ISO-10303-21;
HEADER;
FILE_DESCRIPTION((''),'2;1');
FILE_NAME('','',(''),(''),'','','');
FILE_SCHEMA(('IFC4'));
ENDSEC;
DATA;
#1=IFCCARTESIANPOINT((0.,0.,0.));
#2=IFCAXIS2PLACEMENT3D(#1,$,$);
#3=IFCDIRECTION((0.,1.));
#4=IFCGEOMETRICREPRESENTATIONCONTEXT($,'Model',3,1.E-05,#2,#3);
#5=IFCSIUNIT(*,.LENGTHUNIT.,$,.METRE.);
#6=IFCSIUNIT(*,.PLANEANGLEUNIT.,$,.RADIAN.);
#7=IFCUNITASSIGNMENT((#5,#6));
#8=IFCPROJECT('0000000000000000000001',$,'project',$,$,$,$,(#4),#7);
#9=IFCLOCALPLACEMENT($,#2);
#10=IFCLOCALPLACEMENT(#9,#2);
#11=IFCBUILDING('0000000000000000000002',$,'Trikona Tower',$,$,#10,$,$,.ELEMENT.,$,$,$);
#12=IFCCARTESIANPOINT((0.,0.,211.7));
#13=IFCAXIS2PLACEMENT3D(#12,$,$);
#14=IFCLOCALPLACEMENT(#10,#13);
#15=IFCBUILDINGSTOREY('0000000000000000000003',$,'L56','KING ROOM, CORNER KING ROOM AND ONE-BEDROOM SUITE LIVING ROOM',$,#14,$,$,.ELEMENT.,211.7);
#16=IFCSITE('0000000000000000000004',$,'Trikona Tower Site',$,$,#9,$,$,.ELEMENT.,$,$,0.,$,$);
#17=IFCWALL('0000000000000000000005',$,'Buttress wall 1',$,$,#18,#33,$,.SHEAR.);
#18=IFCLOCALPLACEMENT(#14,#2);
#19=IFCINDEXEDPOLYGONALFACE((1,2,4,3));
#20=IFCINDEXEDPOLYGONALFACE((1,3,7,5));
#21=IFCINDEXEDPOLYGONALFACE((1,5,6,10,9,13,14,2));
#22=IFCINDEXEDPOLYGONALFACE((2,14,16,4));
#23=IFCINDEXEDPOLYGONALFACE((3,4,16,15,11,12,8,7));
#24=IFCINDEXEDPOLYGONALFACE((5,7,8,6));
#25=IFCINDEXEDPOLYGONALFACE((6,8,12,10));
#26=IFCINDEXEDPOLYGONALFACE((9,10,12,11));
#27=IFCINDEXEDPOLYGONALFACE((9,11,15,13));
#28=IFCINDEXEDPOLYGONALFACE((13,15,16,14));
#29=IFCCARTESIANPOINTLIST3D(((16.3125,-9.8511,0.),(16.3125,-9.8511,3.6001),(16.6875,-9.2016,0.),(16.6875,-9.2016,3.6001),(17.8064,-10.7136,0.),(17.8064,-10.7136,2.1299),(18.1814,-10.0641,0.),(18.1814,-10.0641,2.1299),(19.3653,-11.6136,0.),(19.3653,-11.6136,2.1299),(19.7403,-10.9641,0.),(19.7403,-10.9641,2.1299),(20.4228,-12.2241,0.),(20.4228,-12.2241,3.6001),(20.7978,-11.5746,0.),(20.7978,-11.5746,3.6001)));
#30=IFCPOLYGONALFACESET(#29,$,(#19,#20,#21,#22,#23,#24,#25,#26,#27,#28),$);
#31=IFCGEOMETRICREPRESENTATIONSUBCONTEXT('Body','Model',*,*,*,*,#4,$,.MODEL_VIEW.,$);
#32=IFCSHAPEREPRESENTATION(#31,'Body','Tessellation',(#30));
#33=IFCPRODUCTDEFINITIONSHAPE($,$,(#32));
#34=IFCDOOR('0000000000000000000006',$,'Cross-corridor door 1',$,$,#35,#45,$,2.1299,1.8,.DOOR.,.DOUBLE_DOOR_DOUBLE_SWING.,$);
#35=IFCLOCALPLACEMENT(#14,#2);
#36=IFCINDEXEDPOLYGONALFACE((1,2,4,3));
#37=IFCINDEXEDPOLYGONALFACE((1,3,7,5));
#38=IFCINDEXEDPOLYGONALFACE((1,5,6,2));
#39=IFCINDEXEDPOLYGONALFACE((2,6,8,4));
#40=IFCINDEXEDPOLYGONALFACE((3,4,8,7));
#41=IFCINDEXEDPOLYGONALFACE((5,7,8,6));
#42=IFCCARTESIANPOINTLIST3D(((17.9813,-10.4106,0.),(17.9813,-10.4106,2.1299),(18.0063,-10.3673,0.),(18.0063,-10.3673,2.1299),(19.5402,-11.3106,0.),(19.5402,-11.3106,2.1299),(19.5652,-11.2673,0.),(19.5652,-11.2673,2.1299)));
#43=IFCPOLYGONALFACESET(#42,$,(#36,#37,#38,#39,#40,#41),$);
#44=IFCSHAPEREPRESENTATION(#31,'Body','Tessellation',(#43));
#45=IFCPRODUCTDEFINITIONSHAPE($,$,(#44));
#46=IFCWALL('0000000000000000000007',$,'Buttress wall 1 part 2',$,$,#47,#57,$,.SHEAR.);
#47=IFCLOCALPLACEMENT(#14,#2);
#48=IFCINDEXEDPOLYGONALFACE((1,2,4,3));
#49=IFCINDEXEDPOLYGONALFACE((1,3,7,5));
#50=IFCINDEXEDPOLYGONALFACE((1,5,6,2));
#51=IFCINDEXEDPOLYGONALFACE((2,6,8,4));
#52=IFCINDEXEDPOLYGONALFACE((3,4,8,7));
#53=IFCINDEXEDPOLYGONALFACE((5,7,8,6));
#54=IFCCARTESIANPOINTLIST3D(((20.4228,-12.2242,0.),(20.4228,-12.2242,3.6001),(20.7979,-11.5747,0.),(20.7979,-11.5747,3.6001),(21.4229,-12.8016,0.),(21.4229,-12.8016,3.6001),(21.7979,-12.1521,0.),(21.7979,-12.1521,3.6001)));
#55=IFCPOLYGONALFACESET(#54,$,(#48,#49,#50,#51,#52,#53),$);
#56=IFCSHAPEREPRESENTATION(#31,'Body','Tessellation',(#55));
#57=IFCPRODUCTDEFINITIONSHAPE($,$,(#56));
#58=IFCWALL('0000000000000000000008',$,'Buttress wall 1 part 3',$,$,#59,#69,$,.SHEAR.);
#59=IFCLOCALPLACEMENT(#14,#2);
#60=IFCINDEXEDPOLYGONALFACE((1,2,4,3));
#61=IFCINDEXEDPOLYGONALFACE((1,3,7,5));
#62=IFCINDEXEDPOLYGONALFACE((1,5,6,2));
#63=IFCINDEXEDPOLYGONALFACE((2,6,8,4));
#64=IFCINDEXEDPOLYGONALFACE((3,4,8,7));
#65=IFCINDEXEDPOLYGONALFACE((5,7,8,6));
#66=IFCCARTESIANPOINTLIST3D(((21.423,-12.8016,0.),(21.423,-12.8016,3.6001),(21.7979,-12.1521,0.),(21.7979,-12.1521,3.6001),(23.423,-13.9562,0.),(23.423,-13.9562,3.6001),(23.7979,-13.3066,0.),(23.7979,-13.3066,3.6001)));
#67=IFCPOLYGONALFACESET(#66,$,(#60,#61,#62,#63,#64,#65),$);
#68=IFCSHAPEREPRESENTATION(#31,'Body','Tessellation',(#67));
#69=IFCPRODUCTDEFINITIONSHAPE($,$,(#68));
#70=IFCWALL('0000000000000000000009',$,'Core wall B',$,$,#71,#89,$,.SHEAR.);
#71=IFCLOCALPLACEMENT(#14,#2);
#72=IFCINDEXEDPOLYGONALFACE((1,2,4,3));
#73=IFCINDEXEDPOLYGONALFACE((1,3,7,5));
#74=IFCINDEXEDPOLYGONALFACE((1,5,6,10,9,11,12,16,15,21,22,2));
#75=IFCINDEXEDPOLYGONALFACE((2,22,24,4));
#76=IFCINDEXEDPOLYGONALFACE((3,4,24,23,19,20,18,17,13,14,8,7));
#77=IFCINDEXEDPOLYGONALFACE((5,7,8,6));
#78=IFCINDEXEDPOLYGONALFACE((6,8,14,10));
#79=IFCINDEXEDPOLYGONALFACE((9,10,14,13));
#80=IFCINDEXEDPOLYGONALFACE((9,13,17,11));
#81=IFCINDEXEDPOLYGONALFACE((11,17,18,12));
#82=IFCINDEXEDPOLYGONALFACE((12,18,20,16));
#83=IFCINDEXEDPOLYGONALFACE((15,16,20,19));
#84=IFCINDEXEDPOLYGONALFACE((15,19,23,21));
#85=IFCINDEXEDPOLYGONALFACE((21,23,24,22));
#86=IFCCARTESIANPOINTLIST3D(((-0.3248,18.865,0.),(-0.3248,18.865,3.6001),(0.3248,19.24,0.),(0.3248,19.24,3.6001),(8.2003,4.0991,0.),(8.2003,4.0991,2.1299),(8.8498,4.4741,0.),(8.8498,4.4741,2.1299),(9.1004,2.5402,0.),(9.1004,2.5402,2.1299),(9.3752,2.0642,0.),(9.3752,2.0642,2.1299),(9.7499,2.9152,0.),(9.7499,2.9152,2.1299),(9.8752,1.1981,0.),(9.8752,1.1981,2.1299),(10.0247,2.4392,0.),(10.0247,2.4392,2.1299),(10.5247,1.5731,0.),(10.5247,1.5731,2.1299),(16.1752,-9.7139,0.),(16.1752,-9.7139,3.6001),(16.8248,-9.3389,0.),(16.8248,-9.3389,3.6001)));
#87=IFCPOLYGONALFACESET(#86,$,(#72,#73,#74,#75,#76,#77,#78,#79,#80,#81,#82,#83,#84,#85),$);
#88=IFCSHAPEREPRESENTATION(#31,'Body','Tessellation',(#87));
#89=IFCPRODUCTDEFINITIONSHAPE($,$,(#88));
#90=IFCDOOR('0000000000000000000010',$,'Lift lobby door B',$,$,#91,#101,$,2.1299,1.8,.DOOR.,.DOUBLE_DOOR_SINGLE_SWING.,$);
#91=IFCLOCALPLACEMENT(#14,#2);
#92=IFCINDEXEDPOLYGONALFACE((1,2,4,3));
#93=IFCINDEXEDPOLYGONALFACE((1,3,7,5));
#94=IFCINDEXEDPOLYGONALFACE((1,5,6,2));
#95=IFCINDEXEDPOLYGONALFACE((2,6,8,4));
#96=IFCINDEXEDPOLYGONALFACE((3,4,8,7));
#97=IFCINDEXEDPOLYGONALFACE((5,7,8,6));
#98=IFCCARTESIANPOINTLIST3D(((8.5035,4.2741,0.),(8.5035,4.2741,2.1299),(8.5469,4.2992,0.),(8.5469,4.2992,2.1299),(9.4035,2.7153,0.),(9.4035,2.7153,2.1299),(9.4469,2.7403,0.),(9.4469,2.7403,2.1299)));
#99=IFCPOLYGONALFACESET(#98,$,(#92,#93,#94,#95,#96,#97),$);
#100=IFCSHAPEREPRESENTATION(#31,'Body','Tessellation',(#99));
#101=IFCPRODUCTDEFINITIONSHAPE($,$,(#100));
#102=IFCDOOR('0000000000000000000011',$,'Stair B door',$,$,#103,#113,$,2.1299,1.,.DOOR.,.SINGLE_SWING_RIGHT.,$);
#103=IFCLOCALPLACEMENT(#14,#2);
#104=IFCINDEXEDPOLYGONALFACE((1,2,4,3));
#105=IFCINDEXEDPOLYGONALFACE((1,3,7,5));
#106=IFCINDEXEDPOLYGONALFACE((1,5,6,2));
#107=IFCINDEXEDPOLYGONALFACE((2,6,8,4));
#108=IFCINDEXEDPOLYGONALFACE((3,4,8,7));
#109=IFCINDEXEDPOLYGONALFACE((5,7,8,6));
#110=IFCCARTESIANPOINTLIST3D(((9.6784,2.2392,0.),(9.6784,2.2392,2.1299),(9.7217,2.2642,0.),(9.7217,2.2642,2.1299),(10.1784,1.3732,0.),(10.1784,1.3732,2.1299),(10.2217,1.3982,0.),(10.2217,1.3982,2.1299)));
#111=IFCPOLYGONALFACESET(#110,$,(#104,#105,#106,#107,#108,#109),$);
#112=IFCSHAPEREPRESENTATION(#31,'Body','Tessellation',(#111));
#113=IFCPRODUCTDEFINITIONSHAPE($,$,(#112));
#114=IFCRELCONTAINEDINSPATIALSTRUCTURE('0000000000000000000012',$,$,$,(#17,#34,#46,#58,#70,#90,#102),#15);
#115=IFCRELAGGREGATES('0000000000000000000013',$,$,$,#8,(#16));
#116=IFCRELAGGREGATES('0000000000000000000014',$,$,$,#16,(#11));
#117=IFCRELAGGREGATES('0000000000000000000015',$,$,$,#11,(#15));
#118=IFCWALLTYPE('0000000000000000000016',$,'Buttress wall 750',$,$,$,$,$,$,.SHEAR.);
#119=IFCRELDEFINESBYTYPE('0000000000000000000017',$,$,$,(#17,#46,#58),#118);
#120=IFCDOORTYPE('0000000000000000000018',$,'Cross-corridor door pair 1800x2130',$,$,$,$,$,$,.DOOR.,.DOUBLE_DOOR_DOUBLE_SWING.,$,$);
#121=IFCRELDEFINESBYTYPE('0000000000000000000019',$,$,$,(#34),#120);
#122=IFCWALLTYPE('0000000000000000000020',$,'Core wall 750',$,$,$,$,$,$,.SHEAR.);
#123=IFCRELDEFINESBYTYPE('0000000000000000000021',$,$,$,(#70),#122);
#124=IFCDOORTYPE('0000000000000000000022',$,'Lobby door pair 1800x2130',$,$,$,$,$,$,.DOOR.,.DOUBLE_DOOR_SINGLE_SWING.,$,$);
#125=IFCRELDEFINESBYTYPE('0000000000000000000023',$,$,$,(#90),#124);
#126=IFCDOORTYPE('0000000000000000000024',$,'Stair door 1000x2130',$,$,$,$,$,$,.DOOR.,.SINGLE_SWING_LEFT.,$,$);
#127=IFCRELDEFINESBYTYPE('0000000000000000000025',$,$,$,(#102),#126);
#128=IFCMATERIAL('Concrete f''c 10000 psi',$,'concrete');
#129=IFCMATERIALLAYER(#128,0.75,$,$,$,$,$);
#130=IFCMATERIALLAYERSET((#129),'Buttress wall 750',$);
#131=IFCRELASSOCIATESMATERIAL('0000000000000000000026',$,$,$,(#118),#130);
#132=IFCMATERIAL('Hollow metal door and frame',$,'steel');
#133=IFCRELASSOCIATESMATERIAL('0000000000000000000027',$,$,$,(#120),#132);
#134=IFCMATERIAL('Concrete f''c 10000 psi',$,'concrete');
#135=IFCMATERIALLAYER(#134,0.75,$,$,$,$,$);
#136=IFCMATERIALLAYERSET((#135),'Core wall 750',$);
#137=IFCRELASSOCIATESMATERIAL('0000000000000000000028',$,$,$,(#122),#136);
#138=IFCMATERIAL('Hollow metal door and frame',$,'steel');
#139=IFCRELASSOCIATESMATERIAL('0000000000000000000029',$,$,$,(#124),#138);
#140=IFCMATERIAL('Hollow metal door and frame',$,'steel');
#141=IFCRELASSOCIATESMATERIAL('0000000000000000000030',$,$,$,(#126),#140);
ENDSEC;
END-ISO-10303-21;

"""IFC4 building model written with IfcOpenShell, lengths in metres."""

from ifc_helpers import new_model, si_unit, direction, frame, frame_2d, origin, place, context, subcontext, project, spatial, rectangle, extrude, material, layer, layer_set, type_object, element, fill, save


model = new_model("IFC4")

# Units and contexts
model_context = context("Model", 3, precision=1e-05, world=origin(), true_north=direction((0.0, 1.0)))
body_context = subcontext(model_context, "Body", "Model", "MODEL_VIEW")
ifc_project = project(units=[si_unit("LENGTHUNIT", "METRE"), si_unit("PLANEANGLEUNIT", "RADIAN")], contexts=[model_context])

# Site, building, storey
site_placement = place(None, origin())
site = spatial("IfcSite", under=ifc_project, at=site_placement, Name="Trikona Tower Site", CompositionType="ELEMENT", RefElevation=0.0)
building_placement = place(site_placement, origin())
building = spatial("IfcBuilding", under=site, at=building_placement, Name="Trikona Tower", CompositionType="ELEMENT")
storey_placement = place(building_placement, frame((0.0, 0.0, 211.7)))
storey = spatial("IfcBuildingStorey", under=building, at=storey_placement, Name="L56", Description="KING ROOM, CORNER KING ROOM AND ONE-BEDROOM SUITE LIVING ROOM", CompositionType="ELEMENT", Elevation=211.7)

# Wall, opening, door
ifc_material_1 = material(Name="Concrete f'c 10000 psi", Category="concrete")
ifc_layer_1 = layer(ifc_material_1, 0.75)
ifc_layer_set_1 = layer_set([ifc_layer_1], Name="Buttress wall 750")
wall_type_1 = type_object("IfcWallType", Name="Buttress wall 750", PredefinedType="SHEAR", material=ifc_layer_set_1)
wall_1_placement = place(storey_placement, frame((16.5, -9.5264, 0.0), z_axis=(0.0, 0.0, 1.0), x_axis=(0.866031, -0.49999, 0.0)))
wall_1 = element("IfcWall", 1, at=wall_1_placement, inside=storey, type_object=wall_type_1, Name="Buttress wall 1", PredefinedType="SHEAR", context=body_context, shape_type="SweptSolid", body=[
    extrude(rectangle(XDim=4.7461, YDim=0.75, at=frame_2d((2.373, 0.0))), origin(), (0.0, 0.0, 1.0), 3.6001),
])
opening_1_placement = place(wall_1_placement, frame((1.7251, 0.0, 0.0)))
opening_1 = element("IfcOpeningElement", 2, at=opening_1_placement, cuts=wall_1, PredefinedType="OPENING", context=body_context, shape_type="SweptSolid", body=[
    extrude(rectangle(XDim=1.8, YDim=2.1299, at=frame_2d((0.8999, 1.0649))), frame((0.0, 0.385, 0.0), z_axis=(0.0, -1.0, 0.0), x_axis=(1.0, 0.0, 0.0)), (0.0, 0.0, 1.0), 0.77),
])
ifc_material_2 = material(Name="Hollow metal door and frame", Category="steel")
door_type_1 = type_object("IfcDoorType", Name="Cross-corridor door pair 1800x2130", OperationType="DOUBLE_DOOR_DOUBLE_SWING", PredefinedType="DOOR", material=ifc_material_2)
door_1_placement = place(opening_1_placement, origin())
door_1 = element("IfcDoor", 3, at=door_1_placement, inside=storey, type_object=door_type_1, Name="Cross-corridor door 1", OperationType="DOUBLE_DOOR_DOUBLE_SWING", OverallHeight=2.1299, OverallWidth=1.8, PredefinedType="DOOR", context=body_context, shape_type="SweptSolid", body=[
    extrude(rectangle(XDim=1.8, YDim=2.1299, at=frame_2d((0.8999, 1.0649))), frame((0.0, 0.0249, 0.0), z_axis=(0.0, -1.0, 0.0), x_axis=(1.0, 0.0, 0.0)), (0.0, 0.0, 1.0), 0.05),
])
fill(opening_1, door_1)

# Walls
wall_2_placement = place(storey_placement, frame((20.6104, -11.8994, 0.0), z_axis=(0.0, 0.0, 1.0), x_axis=(0.86601, -0.500027, 0.0)))
element("IfcWall", 4, at=wall_2_placement, inside=storey, type_object=wall_type_1, Name="Buttress wall 1 part 2", PredefinedType="SHEAR", context=body_context, shape_type="SweptSolid", body=[
    extrude(rectangle(XDim=1.1548, YDim=0.75, at=frame_2d((0.5774, 0.0))), origin(), (0.0, 0.0, 1.0), 3.6001),
])
wall_3_placement = place(storey_placement, frame((21.6104, -12.4768, 0.0), z_axis=(0.0, 0.0, 1.0), x_axis=(0.866055, -0.499948, 0.0)))
element("IfcWall", 5, at=wall_3_placement, inside=storey, type_object=wall_type_1, Name="Buttress wall 1 part 3", PredefinedType="SHEAR", context=body_context, shape_type="SweptSolid", body=[
    extrude(rectangle(XDim=2.3093, YDim=0.75, at=frame_2d((1.1548, 0.0))), origin(), (0.0, 0.0, 1.0), 3.6001),
])

# Wall, openings, doors
ifc_material_3 = material(Name="Concrete f'c 10000 psi", Category="concrete")
ifc_layer_2 = layer(ifc_material_3, 0.75)
ifc_layer_set_2 = layer_set([ifc_layer_2], Name="Core wall 750")
wall_type_2 = type_object("IfcWallType", Name="Core wall 750", PredefinedType="SHEAR", material=ifc_layer_set_2)
wall_4_placement = place(storey_placement, frame((16.5, -9.5264, 0.0), z_axis=(0.0, 0.0, 1.0), x_axis=(-0.5, 0.866026, 0.0)))
wall_4 = element("IfcWall", 6, at=wall_4_placement, inside=storey, type_object=wall_type_2, Name="Core wall B", PredefinedType="SHEAR", context=body_context, shape_type="SweptSolid", body=[
    extrude(rectangle(XDim=33.0, YDim=0.75, at=frame_2d((16.5, 0.0))), origin(), (0.0, 0.0, 1.0), 3.6001),
])
opening_2_placement = place(wall_4_placement, frame((14.1499, 0.0, 0.0)))
opening_2 = element("IfcOpeningElement", 7, at=opening_2_placement, cuts=wall_4, PredefinedType="OPENING", context=body_context, shape_type="SweptSolid", body=[
    extrude(rectangle(XDim=1.8, YDim=2.1299, at=frame_2d((0.8999, 1.0649))), frame((0.0, 0.385, 0.0), z_axis=(0.0, -1.0, 0.0), x_axis=(1.0, 0.0, 0.0)), (0.0, 0.0, 1.0), 0.77),
])
opening_3_placement = place(wall_4_placement, frame((12.6001, 0.0, 0.0)))
opening_3 = element("IfcOpeningElement", 8, at=opening_3_placement, cuts=wall_4, PredefinedType="OPENING", context=body_context, shape_type="SweptSolid", body=[
    extrude(rectangle(XDim=1.0, YDim=2.1299, at=frame_2d((0.5, 1.0649))), frame((0.0, 0.385, 0.0), z_axis=(0.0, -1.0, 0.0), x_axis=(1.0, 0.0, 0.0)), (0.0, 0.0, 1.0), 0.77),
])
ifc_material_4 = material(Name="Hollow metal door and frame", Category="steel")
door_type_2 = type_object("IfcDoorType", Name="Lobby door pair 1800x2130", OperationType="DOUBLE_DOOR_SINGLE_SWING", PredefinedType="DOOR", material=ifc_material_4)
door_2_placement = place(opening_2_placement, origin())
door_2 = element("IfcDoor", 9, at=door_2_placement, inside=storey, type_object=door_type_2, Name="Lift lobby door B", OperationType="DOUBLE_DOOR_SINGLE_SWING", OverallHeight=2.1299, OverallWidth=1.8, PredefinedType="DOOR", context=body_context, shape_type="SweptSolid", body=[
    extrude(rectangle(XDim=1.8, YDim=2.1299, at=frame_2d((0.8999, 1.0649))), frame((0.0, 0.0249, 0.0), z_axis=(0.0, -1.0, 0.0), x_axis=(1.0, 0.0, 0.0)), (0.0, 0.0, 1.0), 0.05),
])
fill(opening_2, door_2)
ifc_material_5 = material(Name="Hollow metal door and frame", Category="steel")
door_type_3 = type_object("IfcDoorType", Name="Stair door 1000x2130", OperationType="SINGLE_SWING_LEFT", PredefinedType="DOOR", material=ifc_material_5)
door_3_placement = place(opening_3_placement, origin())
door_3 = element("IfcDoor", 10, at=door_3_placement, inside=storey, type_object=door_type_3, Name="Stair B door", OperationType="SINGLE_SWING_RIGHT", OverallHeight=2.1299, OverallWidth=1.0, PredefinedType="DOOR", context=body_context, shape_type="SweptSolid", body=[
    extrude(rectangle(XDim=1.0, YDim=2.1299, at=frame_2d((0.5, 1.0649))), frame((0.0, 0.0249, 0.0), z_axis=(0.0, -1.0, 0.0), x_axis=(1.0, 0.0, 0.0)), (0.0, 0.0, 1.0), 0.05),
])
fill(opening_3, door_3)

save(model, "model.ifc")
